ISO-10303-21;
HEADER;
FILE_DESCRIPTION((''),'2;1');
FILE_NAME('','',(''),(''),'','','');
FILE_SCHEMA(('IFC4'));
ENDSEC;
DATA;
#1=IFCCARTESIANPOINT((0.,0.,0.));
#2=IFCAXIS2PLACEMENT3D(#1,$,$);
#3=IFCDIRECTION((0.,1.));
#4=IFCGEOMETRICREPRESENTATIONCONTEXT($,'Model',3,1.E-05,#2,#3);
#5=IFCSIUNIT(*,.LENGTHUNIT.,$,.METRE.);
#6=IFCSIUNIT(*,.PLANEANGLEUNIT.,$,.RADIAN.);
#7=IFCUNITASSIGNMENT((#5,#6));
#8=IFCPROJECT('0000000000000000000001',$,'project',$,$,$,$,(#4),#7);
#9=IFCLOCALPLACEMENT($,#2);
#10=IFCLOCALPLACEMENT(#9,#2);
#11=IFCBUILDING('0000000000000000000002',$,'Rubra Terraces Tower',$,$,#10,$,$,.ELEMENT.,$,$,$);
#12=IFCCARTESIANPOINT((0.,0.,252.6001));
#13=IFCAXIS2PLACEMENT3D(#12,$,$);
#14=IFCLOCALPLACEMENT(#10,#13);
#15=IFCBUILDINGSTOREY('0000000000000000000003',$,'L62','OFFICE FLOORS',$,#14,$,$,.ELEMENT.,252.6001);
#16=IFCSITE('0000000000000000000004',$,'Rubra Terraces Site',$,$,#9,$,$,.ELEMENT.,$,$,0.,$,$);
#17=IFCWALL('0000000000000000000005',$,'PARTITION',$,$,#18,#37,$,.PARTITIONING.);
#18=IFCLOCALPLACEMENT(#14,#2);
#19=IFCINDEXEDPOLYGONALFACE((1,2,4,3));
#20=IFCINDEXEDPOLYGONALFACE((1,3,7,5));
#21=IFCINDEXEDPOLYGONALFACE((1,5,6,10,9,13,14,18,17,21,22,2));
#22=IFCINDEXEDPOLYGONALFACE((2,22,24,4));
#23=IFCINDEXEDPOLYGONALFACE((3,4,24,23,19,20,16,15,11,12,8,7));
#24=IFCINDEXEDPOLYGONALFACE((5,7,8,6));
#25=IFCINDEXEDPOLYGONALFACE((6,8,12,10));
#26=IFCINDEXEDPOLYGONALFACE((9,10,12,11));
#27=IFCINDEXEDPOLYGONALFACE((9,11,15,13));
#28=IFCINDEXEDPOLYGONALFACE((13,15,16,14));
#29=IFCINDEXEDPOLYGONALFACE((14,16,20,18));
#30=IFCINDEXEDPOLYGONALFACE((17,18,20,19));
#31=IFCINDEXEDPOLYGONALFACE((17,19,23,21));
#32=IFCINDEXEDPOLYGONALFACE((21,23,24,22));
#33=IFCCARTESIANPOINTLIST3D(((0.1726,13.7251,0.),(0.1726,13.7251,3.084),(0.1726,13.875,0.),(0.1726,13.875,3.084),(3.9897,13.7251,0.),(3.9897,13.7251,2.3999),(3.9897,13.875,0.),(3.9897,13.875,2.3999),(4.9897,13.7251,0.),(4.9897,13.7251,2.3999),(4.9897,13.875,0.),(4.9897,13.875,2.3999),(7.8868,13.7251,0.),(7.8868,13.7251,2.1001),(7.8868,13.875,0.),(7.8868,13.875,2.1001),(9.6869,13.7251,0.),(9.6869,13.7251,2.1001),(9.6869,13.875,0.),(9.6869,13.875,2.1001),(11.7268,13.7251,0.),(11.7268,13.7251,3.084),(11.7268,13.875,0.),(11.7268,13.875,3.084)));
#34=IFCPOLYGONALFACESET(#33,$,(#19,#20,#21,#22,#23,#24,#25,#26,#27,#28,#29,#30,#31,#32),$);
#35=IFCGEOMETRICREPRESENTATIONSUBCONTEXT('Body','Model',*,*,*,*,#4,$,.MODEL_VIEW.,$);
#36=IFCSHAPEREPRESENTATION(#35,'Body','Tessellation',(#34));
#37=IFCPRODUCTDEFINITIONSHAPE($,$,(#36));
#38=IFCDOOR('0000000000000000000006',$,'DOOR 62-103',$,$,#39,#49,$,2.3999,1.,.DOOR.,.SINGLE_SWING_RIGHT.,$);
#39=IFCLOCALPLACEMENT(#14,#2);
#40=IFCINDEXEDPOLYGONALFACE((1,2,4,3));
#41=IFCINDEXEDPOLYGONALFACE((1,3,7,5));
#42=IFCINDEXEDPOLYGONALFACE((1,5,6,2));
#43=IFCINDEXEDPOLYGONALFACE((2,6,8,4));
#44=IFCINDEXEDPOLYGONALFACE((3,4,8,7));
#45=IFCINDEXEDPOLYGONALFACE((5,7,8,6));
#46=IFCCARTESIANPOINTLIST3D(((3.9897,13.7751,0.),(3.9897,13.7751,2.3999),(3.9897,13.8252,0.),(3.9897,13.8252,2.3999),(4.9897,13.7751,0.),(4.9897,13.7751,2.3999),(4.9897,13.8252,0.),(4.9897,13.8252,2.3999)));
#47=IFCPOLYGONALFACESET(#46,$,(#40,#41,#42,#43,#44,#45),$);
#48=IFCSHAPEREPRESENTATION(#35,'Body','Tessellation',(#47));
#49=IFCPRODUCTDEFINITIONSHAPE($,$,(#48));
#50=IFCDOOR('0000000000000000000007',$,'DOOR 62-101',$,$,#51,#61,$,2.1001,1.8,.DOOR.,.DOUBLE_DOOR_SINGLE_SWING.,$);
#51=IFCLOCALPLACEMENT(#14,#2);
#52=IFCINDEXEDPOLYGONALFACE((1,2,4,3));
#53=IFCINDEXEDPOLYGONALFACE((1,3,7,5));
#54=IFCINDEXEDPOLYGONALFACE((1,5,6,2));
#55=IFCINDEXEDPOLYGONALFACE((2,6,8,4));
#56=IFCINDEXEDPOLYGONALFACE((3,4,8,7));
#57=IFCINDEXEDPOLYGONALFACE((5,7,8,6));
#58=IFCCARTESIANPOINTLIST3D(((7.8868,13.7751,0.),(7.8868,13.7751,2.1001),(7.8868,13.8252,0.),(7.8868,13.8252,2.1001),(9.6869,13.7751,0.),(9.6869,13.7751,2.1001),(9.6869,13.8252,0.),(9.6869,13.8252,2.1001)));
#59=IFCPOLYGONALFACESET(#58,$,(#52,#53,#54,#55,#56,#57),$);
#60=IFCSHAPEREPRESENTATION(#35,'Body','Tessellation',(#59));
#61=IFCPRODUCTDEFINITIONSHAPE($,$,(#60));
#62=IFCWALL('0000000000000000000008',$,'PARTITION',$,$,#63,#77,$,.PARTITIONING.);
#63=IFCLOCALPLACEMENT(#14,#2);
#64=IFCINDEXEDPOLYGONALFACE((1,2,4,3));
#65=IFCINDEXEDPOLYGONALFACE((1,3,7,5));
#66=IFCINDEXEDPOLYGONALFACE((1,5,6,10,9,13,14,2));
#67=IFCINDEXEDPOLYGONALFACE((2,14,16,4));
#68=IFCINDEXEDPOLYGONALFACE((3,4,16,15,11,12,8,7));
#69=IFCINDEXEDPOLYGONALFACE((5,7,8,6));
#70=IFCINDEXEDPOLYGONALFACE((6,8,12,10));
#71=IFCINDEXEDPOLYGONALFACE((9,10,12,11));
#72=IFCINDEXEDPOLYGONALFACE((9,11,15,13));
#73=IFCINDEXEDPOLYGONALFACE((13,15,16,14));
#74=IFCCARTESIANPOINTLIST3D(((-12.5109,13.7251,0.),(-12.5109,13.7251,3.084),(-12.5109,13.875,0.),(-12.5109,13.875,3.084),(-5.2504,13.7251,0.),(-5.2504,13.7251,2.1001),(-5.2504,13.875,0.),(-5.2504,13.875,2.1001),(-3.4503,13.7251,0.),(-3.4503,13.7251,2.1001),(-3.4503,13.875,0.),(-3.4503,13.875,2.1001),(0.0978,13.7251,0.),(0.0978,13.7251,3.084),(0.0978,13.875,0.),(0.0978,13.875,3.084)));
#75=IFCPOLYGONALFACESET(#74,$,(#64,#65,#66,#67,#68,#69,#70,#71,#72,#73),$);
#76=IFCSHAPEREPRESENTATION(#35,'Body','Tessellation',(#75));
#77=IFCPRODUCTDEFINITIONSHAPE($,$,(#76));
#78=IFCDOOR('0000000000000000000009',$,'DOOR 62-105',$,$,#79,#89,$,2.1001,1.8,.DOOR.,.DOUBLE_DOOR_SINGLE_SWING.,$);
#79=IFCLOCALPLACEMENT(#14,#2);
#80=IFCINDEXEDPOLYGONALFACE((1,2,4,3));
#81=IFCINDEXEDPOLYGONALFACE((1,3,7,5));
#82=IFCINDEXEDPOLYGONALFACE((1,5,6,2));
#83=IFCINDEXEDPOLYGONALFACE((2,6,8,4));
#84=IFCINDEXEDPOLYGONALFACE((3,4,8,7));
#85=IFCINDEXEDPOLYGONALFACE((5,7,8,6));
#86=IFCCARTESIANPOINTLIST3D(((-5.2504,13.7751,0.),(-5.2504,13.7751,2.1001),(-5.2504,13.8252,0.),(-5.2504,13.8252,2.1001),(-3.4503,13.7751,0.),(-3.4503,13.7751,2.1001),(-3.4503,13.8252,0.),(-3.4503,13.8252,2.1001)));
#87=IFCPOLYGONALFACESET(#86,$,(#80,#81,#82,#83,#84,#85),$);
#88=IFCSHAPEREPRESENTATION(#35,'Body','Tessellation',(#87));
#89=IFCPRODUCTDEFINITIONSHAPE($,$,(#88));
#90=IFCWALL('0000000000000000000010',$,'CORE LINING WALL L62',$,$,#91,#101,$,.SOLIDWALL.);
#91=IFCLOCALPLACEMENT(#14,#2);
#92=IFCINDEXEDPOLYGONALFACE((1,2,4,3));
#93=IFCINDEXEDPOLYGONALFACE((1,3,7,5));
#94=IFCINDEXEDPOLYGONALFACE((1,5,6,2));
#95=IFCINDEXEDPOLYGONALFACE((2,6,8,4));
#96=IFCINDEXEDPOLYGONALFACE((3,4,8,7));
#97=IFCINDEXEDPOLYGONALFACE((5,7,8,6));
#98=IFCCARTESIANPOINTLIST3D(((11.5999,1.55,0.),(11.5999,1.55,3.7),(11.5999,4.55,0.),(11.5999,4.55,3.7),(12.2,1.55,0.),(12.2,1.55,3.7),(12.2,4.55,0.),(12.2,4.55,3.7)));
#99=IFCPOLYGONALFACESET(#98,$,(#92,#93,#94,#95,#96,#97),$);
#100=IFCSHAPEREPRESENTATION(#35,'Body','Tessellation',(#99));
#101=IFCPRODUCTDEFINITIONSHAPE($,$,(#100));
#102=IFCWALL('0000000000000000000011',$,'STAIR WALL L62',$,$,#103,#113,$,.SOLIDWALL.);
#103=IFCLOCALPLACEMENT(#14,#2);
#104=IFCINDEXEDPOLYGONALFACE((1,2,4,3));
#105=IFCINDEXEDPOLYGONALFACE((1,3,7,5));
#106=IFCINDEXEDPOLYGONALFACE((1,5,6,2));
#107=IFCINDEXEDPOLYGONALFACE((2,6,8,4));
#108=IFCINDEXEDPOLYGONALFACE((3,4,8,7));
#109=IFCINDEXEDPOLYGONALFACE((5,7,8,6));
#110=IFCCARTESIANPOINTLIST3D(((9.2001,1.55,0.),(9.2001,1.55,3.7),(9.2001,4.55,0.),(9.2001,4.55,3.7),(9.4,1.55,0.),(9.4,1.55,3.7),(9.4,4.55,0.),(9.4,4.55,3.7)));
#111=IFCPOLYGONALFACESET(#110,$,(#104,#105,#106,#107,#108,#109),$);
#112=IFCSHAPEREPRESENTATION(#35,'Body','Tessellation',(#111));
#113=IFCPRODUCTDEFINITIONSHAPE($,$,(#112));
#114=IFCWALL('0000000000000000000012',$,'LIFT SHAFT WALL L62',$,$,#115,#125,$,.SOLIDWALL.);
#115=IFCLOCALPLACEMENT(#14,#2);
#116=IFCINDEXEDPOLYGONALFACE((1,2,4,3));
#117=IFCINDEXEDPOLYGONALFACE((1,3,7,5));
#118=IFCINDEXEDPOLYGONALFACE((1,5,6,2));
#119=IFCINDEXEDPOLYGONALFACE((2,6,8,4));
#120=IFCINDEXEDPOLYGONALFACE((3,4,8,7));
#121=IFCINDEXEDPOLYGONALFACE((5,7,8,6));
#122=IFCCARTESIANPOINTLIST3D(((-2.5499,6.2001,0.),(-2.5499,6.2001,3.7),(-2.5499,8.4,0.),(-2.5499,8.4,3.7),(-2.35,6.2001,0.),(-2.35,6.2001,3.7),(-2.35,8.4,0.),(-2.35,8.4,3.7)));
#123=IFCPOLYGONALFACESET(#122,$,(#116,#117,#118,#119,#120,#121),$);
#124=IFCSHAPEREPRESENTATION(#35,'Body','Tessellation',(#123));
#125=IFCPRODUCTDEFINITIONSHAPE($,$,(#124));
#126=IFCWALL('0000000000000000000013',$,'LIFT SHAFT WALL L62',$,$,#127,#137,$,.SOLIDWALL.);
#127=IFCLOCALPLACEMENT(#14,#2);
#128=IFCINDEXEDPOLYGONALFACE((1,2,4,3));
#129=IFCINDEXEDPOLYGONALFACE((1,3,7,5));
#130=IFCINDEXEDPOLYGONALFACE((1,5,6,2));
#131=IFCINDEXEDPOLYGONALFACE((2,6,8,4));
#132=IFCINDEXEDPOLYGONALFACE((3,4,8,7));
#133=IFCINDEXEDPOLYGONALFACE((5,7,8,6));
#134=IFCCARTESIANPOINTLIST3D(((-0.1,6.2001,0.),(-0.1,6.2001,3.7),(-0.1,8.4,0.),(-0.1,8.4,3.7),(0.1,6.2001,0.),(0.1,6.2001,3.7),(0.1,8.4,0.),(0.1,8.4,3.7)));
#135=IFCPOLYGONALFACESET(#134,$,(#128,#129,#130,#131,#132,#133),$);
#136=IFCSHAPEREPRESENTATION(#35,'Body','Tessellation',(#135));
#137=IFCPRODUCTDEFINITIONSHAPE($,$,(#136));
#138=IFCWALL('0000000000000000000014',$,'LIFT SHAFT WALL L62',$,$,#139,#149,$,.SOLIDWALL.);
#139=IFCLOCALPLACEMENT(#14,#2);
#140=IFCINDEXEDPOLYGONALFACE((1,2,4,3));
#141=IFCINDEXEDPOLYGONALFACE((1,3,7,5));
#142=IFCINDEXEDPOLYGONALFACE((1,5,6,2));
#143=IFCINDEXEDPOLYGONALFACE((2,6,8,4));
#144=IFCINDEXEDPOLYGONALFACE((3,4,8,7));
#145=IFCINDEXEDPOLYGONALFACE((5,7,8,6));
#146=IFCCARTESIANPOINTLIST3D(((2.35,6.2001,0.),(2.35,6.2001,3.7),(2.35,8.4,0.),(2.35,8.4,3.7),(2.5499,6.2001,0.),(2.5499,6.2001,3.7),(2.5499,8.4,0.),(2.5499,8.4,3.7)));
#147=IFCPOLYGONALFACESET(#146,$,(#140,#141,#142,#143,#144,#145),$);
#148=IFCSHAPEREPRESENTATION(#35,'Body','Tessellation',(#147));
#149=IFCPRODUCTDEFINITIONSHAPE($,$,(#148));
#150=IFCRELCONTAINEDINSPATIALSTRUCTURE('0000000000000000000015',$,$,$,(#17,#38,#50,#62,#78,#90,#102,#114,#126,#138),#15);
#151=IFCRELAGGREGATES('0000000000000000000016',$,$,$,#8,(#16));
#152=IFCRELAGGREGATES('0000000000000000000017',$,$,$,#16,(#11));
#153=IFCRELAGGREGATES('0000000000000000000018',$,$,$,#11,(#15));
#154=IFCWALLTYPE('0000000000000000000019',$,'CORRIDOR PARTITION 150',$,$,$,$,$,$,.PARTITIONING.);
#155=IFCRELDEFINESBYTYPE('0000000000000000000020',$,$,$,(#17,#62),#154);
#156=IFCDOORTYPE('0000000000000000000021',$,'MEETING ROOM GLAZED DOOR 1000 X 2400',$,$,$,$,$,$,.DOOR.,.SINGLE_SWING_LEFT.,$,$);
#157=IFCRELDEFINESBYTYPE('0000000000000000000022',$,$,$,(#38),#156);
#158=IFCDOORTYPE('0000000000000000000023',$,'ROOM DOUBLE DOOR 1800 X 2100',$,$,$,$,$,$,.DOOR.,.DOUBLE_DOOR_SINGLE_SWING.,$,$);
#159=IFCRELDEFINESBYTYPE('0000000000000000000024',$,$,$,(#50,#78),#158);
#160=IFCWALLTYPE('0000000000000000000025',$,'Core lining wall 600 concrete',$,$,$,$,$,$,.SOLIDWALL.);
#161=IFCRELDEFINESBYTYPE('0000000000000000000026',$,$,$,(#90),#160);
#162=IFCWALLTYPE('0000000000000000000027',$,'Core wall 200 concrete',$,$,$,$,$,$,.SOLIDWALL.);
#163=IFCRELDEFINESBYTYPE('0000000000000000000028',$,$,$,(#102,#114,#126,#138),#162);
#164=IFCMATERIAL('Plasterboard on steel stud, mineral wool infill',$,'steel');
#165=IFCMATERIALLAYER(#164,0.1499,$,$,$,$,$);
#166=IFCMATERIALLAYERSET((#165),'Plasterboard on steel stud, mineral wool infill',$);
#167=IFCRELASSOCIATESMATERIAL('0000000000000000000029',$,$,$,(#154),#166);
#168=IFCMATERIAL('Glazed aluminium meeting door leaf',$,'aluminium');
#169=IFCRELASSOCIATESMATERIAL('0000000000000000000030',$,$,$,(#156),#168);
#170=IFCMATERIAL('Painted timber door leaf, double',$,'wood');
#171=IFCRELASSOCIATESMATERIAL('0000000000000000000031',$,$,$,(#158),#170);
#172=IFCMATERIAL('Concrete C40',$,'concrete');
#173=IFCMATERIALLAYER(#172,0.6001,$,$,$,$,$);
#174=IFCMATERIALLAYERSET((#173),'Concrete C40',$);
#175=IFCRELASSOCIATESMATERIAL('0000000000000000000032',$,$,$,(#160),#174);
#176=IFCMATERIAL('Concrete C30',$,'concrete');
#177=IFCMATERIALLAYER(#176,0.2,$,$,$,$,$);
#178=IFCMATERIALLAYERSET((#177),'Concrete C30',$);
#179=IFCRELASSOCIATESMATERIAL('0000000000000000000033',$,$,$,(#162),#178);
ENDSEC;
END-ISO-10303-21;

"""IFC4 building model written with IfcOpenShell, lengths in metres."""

from ifc_helpers import new_model, si_unit, direction, frame, frame_2d, origin, place, context, subcontext, project, spatial, rectangle, extrude, material, layer, layer_set, type_object, element, fill, save


model = new_model("IFC4")

# Units and contexts
model_context = context("Model", 3, precision=1e-05, world=origin(), true_north=direction((0.0, 1.0)))
body_context = subcontext(model_context, "Body", "Model", "MODEL_VIEW")
ifc_project = project(units=[si_unit("LENGTHUNIT", "METRE"), si_unit("PLANEANGLEUNIT", "RADIAN")], contexts=[model_context])

# Site, building, storey
site_placement = place(None, origin())
site = spatial("IfcSite", under=ifc_project, at=site_placement, Name="Rubra Terraces Site", CompositionType="ELEMENT", RefElevation=0.0)
building_placement = place(site_placement, origin())
building = spatial("IfcBuilding", under=site, at=building_placement, Name="Rubra Terraces Tower", CompositionType="ELEMENT")
storey_placement = place(building_placement, frame((0.0, 0.0, 252.6001)))
storey = spatial("IfcBuildingStorey", under=building, at=storey_placement, Name="L62", Description="OFFICE FLOORS", CompositionType="ELEMENT", Elevation=252.6001)

# Wall, openings, doors
ifc_material_1 = material(Name="Plasterboard on steel stud, mineral wool infill", Category="steel")
ifc_layer_1 = layer(ifc_material_1, 0.1499)
ifc_layer_set_1 = layer_set([ifc_layer_1], Name="Plasterboard on steel stud, mineral wool infill")
wall_type_1 = type_object("IfcWallType", Name="CORRIDOR PARTITION 150", PredefinedType="PARTITIONING", material=ifc_layer_set_1)
wall_1_placement = place(storey_placement, frame((11.7268, 13.8, 0.0), z_axis=(0.0, 0.0, 1.0), x_axis=(-1.0, 0.0, 0.0)))
wall_1 = element("IfcWall", 1, at=wall_1_placement, inside=storey, type_object=wall_type_1, Name="PARTITION", PredefinedType="PARTITIONING", context=body_context, shape_type="SweptSolid", body=[
    extrude(rectangle(XDim=11.5542, YDim=0.1499, at=frame_2d((5.7771, 0.0))), origin(), (0.0, 0.0, 1.0), 3.084),
])
opening_1_placement = place(wall_1_placement, frame((2.04, 0.0, 0.0)))
opening_1 = element("IfcOpeningElement", 2, at=opening_1_placement, cuts=wall_1, PredefinedType="OPENING", context=body_context, shape_type="SweptSolid", body=[
    extrude(rectangle(XDim=1.8, YDim=2.1001, at=frame_2d((0.8999, 1.05))), frame((0.0, 0.085, 0.0), z_axis=(0.0, -1.0, 0.0), x_axis=(1.0, 0.0, 0.0)), (0.0, 0.0, 1.0), 0.1699),
])
opening_2_placement = place(wall_1_placement, frame((6.7371, 0.0, 0.0)))
opening_2 = element("IfcOpeningElement", 3, at=opening_2_placement, cuts=wall_1, PredefinedType="OPENING", context=body_context, shape_type="SweptSolid", body=[
    extrude(rectangle(XDim=1.0, YDim=2.3999, at=frame_2d((0.5, 1.2))), frame((0.0, 0.085, 0.0), z_axis=(0.0, -1.0, 0.0), x_axis=(1.0, 0.0, 0.0)), (0.0, 0.0, 1.0), 0.1699),
])
ifc_material_2 = material(Name="Glazed aluminium meeting door leaf", Category="aluminium")
door_type_1 = type_object("IfcDoorType", Name="MEETING ROOM GLAZED DOOR 1000 X 2400", OperationType="SINGLE_SWING_LEFT", PredefinedType="DOOR", material=ifc_material_2)
door_1_placement = place(opening_2_placement, origin())
door_1 = element("IfcDoor", 4, at=door_1_placement, inside=storey, type_object=door_type_1, Name="DOOR 62-103", OperationType="SINGLE_SWING_RIGHT", OverallHeight=2.3999, OverallWidth=1.0, PredefinedType="DOOR", context=body_context, shape_type="SweptSolid", body=[
    extrude(rectangle(XDim=1.0, YDim=2.3999, at=frame_2d((0.5, 1.2))), frame((0.0, 0.0249, 0.0), z_axis=(0.0, -1.0, 0.0), x_axis=(1.0, 0.0, 0.0)), (0.0, 0.0, 1.0), 0.05),
])
fill(opening_2, door_1)
ifc_material_3 = material(Name="Painted timber door leaf, double", Category="wood")
door_type_2 = type_object("IfcDoorType", Name="ROOM DOUBLE DOOR 1800 X 2100", OperationType="DOUBLE_DOOR_SINGLE_SWING", PredefinedType="DOOR", material=ifc_material_3)
door_2_placement = place(opening_1_placement, origin())
door_2 = element("IfcDoor", 5, at=door_2_placement, inside=storey, type_object=door_type_2, Name="DOOR 62-101", OperationType="DOUBLE_DOOR_SINGLE_SWING", OverallHeight=2.1001, OverallWidth=1.8, PredefinedType="DOOR", context=body_context, shape_type="SweptSolid", body=[
    extrude(rectangle(XDim=1.8, YDim=2.1001, at=frame_2d((0.8999, 1.05))), frame((0.0, 0.0249, 0.0), z_axis=(0.0, -1.0, 0.0), x_axis=(1.0, 0.0, 0.0)), (0.0, 0.0, 1.0), 0.05),
])
fill(opening_1, door_2)

# Wall, opening, door
wall_2_placement = place(storey_placement, frame((0.0977, 13.8, 0.0), z_axis=(0.0, 0.0, 1.0), x_axis=(-1.0, 0.0, 0.0)))
wall_2 = element("IfcWall", 6, at=wall_2_placement, inside=storey, type_object=wall_type_1, Name="PARTITION", PredefinedType="PARTITIONING", context=body_context, shape_type="SweptSolid", body=[
    extrude(rectangle(XDim=12.6086, YDim=0.1499, at=frame_2d((6.3042, 0.0))), origin(), (0.0, 0.0, 1.0), 3.084),
])
opening_3_placement = place(wall_2_placement, frame((3.5481, 0.0, 0.0)))
opening_3 = element("IfcOpeningElement", 7, at=opening_3_placement, cuts=wall_2, PredefinedType="OPENING", context=body_context, shape_type="SweptSolid", body=[
    extrude(rectangle(XDim=1.8, YDim=2.1001, at=frame_2d((0.8999, 1.05))), frame((0.0, 0.085, 0.0), z_axis=(0.0, -1.0, 0.0), x_axis=(1.0, 0.0, 0.0)), (0.0, 0.0, 1.0), 0.1699),
])
door_3_placement = place(opening_3_placement, origin())
door_3 = element("IfcDoor", 8, at=door_3_placement, inside=storey, type_object=door_type_2, Name="DOOR 62-105", OperationType="DOUBLE_DOOR_SINGLE_SWING", OverallHeight=2.1001, OverallWidth=1.8, PredefinedType="DOOR", context=body_context, shape_type="SweptSolid", body=[
    extrude(rectangle(XDim=1.8, YDim=2.1001, at=frame_2d((0.8999, 1.05))), frame((0.0, 0.0249, 0.0), z_axis=(0.0, -1.0, 0.0), x_axis=(1.0, 0.0, 0.0)), (0.0, 0.0, 1.0), 0.05),
])
fill(opening_3, door_3)

# Walls
ifc_material_4 = material(Name="Concrete C40", Category="concrete")
ifc_layer_2 = layer(ifc_material_4, 0.6001)
ifc_layer_set_2 = layer_set([ifc_layer_2], Name="Concrete C40")
wall_type_2 = type_object("IfcWallType", Name="Core lining wall 600 concrete", PredefinedType="SOLIDWALL", material=ifc_layer_set_2)
wall_3_placement = place(storey_placement, frame((11.8999, 4.55, 0.0), z_axis=(0.0, 0.0, 1.0), x_axis=(0.0, -1.0, 0.0)))
element("IfcWall", 9, at=wall_3_placement, inside=storey, type_object=wall_type_2, Name="CORE LINING WALL L62", PredefinedType="SOLIDWALL", context=body_context, shape_type="SweptSolid", body=[
    extrude(rectangle(XDim=3.0, YDim=0.6001, at=frame_2d((1.5, 0.0))), origin(), (0.0, 0.0, 1.0), 3.7),
])
ifc_material_5 = material(Name="Concrete C30", Category="concrete")
ifc_layer_3 = layer(ifc_material_5, 0.2)
ifc_layer_set_3 = layer_set([ifc_layer_3], Name="Concrete C30")
wall_type_3 = type_object("IfcWallType", Name="Core wall 200 concrete", PredefinedType="SOLIDWALL", material=ifc_layer_set_3)
wall_4_placement = place(storey_placement, frame((9.3, 4.55, 0.0), z_axis=(0.0, 0.0, 1.0), x_axis=(0.0, -1.0, 0.0)))
element("IfcWall", 10, at=wall_4_placement, inside=storey, type_object=wall_type_3, Name="STAIR WALL L62", PredefinedType="SOLIDWALL", context=body_context, shape_type="SweptSolid", body=[
    extrude(rectangle(XDim=3.0, YDim=0.2, at=frame_2d((1.5, 0.0))), origin(), (0.0, 0.0, 1.0), 3.7),
])
for number, where, z_axis, x_axis, name in (
    (11, (-2.45, 6.2, 0.0), (0.0, 0.0, 1.0), (0.0, 1.0, 0.0), "LIFT SHAFT WALL L62"),
    (12, (0.0, 6.2, 0.0), (0.0, 0.0, 1.0), (0.0, 1.0, 0.0), "LIFT SHAFT WALL L62"),
    (13, (2.45, 6.2, 0.0), (0.0, 0.0, 1.0), (0.0, 1.0, 0.0), "LIFT SHAFT WALL L62"),
):
    element("IfcWall", number, at=place(storey_placement, frame(where, z_axis=z_axis, x_axis=x_axis)), inside=storey, type_object=wall_type_3, Name=name, PredefinedType="SOLIDWALL", context=body_context, shape_type="SweptSolid", body=[
        extrude(rectangle(XDim=2.2, YDim=0.2, at=frame_2d((1.1001, 0.0))), origin(), (0.0, 0.0, 1.0), 3.7),
    ])

save(model, "model.ifc")
